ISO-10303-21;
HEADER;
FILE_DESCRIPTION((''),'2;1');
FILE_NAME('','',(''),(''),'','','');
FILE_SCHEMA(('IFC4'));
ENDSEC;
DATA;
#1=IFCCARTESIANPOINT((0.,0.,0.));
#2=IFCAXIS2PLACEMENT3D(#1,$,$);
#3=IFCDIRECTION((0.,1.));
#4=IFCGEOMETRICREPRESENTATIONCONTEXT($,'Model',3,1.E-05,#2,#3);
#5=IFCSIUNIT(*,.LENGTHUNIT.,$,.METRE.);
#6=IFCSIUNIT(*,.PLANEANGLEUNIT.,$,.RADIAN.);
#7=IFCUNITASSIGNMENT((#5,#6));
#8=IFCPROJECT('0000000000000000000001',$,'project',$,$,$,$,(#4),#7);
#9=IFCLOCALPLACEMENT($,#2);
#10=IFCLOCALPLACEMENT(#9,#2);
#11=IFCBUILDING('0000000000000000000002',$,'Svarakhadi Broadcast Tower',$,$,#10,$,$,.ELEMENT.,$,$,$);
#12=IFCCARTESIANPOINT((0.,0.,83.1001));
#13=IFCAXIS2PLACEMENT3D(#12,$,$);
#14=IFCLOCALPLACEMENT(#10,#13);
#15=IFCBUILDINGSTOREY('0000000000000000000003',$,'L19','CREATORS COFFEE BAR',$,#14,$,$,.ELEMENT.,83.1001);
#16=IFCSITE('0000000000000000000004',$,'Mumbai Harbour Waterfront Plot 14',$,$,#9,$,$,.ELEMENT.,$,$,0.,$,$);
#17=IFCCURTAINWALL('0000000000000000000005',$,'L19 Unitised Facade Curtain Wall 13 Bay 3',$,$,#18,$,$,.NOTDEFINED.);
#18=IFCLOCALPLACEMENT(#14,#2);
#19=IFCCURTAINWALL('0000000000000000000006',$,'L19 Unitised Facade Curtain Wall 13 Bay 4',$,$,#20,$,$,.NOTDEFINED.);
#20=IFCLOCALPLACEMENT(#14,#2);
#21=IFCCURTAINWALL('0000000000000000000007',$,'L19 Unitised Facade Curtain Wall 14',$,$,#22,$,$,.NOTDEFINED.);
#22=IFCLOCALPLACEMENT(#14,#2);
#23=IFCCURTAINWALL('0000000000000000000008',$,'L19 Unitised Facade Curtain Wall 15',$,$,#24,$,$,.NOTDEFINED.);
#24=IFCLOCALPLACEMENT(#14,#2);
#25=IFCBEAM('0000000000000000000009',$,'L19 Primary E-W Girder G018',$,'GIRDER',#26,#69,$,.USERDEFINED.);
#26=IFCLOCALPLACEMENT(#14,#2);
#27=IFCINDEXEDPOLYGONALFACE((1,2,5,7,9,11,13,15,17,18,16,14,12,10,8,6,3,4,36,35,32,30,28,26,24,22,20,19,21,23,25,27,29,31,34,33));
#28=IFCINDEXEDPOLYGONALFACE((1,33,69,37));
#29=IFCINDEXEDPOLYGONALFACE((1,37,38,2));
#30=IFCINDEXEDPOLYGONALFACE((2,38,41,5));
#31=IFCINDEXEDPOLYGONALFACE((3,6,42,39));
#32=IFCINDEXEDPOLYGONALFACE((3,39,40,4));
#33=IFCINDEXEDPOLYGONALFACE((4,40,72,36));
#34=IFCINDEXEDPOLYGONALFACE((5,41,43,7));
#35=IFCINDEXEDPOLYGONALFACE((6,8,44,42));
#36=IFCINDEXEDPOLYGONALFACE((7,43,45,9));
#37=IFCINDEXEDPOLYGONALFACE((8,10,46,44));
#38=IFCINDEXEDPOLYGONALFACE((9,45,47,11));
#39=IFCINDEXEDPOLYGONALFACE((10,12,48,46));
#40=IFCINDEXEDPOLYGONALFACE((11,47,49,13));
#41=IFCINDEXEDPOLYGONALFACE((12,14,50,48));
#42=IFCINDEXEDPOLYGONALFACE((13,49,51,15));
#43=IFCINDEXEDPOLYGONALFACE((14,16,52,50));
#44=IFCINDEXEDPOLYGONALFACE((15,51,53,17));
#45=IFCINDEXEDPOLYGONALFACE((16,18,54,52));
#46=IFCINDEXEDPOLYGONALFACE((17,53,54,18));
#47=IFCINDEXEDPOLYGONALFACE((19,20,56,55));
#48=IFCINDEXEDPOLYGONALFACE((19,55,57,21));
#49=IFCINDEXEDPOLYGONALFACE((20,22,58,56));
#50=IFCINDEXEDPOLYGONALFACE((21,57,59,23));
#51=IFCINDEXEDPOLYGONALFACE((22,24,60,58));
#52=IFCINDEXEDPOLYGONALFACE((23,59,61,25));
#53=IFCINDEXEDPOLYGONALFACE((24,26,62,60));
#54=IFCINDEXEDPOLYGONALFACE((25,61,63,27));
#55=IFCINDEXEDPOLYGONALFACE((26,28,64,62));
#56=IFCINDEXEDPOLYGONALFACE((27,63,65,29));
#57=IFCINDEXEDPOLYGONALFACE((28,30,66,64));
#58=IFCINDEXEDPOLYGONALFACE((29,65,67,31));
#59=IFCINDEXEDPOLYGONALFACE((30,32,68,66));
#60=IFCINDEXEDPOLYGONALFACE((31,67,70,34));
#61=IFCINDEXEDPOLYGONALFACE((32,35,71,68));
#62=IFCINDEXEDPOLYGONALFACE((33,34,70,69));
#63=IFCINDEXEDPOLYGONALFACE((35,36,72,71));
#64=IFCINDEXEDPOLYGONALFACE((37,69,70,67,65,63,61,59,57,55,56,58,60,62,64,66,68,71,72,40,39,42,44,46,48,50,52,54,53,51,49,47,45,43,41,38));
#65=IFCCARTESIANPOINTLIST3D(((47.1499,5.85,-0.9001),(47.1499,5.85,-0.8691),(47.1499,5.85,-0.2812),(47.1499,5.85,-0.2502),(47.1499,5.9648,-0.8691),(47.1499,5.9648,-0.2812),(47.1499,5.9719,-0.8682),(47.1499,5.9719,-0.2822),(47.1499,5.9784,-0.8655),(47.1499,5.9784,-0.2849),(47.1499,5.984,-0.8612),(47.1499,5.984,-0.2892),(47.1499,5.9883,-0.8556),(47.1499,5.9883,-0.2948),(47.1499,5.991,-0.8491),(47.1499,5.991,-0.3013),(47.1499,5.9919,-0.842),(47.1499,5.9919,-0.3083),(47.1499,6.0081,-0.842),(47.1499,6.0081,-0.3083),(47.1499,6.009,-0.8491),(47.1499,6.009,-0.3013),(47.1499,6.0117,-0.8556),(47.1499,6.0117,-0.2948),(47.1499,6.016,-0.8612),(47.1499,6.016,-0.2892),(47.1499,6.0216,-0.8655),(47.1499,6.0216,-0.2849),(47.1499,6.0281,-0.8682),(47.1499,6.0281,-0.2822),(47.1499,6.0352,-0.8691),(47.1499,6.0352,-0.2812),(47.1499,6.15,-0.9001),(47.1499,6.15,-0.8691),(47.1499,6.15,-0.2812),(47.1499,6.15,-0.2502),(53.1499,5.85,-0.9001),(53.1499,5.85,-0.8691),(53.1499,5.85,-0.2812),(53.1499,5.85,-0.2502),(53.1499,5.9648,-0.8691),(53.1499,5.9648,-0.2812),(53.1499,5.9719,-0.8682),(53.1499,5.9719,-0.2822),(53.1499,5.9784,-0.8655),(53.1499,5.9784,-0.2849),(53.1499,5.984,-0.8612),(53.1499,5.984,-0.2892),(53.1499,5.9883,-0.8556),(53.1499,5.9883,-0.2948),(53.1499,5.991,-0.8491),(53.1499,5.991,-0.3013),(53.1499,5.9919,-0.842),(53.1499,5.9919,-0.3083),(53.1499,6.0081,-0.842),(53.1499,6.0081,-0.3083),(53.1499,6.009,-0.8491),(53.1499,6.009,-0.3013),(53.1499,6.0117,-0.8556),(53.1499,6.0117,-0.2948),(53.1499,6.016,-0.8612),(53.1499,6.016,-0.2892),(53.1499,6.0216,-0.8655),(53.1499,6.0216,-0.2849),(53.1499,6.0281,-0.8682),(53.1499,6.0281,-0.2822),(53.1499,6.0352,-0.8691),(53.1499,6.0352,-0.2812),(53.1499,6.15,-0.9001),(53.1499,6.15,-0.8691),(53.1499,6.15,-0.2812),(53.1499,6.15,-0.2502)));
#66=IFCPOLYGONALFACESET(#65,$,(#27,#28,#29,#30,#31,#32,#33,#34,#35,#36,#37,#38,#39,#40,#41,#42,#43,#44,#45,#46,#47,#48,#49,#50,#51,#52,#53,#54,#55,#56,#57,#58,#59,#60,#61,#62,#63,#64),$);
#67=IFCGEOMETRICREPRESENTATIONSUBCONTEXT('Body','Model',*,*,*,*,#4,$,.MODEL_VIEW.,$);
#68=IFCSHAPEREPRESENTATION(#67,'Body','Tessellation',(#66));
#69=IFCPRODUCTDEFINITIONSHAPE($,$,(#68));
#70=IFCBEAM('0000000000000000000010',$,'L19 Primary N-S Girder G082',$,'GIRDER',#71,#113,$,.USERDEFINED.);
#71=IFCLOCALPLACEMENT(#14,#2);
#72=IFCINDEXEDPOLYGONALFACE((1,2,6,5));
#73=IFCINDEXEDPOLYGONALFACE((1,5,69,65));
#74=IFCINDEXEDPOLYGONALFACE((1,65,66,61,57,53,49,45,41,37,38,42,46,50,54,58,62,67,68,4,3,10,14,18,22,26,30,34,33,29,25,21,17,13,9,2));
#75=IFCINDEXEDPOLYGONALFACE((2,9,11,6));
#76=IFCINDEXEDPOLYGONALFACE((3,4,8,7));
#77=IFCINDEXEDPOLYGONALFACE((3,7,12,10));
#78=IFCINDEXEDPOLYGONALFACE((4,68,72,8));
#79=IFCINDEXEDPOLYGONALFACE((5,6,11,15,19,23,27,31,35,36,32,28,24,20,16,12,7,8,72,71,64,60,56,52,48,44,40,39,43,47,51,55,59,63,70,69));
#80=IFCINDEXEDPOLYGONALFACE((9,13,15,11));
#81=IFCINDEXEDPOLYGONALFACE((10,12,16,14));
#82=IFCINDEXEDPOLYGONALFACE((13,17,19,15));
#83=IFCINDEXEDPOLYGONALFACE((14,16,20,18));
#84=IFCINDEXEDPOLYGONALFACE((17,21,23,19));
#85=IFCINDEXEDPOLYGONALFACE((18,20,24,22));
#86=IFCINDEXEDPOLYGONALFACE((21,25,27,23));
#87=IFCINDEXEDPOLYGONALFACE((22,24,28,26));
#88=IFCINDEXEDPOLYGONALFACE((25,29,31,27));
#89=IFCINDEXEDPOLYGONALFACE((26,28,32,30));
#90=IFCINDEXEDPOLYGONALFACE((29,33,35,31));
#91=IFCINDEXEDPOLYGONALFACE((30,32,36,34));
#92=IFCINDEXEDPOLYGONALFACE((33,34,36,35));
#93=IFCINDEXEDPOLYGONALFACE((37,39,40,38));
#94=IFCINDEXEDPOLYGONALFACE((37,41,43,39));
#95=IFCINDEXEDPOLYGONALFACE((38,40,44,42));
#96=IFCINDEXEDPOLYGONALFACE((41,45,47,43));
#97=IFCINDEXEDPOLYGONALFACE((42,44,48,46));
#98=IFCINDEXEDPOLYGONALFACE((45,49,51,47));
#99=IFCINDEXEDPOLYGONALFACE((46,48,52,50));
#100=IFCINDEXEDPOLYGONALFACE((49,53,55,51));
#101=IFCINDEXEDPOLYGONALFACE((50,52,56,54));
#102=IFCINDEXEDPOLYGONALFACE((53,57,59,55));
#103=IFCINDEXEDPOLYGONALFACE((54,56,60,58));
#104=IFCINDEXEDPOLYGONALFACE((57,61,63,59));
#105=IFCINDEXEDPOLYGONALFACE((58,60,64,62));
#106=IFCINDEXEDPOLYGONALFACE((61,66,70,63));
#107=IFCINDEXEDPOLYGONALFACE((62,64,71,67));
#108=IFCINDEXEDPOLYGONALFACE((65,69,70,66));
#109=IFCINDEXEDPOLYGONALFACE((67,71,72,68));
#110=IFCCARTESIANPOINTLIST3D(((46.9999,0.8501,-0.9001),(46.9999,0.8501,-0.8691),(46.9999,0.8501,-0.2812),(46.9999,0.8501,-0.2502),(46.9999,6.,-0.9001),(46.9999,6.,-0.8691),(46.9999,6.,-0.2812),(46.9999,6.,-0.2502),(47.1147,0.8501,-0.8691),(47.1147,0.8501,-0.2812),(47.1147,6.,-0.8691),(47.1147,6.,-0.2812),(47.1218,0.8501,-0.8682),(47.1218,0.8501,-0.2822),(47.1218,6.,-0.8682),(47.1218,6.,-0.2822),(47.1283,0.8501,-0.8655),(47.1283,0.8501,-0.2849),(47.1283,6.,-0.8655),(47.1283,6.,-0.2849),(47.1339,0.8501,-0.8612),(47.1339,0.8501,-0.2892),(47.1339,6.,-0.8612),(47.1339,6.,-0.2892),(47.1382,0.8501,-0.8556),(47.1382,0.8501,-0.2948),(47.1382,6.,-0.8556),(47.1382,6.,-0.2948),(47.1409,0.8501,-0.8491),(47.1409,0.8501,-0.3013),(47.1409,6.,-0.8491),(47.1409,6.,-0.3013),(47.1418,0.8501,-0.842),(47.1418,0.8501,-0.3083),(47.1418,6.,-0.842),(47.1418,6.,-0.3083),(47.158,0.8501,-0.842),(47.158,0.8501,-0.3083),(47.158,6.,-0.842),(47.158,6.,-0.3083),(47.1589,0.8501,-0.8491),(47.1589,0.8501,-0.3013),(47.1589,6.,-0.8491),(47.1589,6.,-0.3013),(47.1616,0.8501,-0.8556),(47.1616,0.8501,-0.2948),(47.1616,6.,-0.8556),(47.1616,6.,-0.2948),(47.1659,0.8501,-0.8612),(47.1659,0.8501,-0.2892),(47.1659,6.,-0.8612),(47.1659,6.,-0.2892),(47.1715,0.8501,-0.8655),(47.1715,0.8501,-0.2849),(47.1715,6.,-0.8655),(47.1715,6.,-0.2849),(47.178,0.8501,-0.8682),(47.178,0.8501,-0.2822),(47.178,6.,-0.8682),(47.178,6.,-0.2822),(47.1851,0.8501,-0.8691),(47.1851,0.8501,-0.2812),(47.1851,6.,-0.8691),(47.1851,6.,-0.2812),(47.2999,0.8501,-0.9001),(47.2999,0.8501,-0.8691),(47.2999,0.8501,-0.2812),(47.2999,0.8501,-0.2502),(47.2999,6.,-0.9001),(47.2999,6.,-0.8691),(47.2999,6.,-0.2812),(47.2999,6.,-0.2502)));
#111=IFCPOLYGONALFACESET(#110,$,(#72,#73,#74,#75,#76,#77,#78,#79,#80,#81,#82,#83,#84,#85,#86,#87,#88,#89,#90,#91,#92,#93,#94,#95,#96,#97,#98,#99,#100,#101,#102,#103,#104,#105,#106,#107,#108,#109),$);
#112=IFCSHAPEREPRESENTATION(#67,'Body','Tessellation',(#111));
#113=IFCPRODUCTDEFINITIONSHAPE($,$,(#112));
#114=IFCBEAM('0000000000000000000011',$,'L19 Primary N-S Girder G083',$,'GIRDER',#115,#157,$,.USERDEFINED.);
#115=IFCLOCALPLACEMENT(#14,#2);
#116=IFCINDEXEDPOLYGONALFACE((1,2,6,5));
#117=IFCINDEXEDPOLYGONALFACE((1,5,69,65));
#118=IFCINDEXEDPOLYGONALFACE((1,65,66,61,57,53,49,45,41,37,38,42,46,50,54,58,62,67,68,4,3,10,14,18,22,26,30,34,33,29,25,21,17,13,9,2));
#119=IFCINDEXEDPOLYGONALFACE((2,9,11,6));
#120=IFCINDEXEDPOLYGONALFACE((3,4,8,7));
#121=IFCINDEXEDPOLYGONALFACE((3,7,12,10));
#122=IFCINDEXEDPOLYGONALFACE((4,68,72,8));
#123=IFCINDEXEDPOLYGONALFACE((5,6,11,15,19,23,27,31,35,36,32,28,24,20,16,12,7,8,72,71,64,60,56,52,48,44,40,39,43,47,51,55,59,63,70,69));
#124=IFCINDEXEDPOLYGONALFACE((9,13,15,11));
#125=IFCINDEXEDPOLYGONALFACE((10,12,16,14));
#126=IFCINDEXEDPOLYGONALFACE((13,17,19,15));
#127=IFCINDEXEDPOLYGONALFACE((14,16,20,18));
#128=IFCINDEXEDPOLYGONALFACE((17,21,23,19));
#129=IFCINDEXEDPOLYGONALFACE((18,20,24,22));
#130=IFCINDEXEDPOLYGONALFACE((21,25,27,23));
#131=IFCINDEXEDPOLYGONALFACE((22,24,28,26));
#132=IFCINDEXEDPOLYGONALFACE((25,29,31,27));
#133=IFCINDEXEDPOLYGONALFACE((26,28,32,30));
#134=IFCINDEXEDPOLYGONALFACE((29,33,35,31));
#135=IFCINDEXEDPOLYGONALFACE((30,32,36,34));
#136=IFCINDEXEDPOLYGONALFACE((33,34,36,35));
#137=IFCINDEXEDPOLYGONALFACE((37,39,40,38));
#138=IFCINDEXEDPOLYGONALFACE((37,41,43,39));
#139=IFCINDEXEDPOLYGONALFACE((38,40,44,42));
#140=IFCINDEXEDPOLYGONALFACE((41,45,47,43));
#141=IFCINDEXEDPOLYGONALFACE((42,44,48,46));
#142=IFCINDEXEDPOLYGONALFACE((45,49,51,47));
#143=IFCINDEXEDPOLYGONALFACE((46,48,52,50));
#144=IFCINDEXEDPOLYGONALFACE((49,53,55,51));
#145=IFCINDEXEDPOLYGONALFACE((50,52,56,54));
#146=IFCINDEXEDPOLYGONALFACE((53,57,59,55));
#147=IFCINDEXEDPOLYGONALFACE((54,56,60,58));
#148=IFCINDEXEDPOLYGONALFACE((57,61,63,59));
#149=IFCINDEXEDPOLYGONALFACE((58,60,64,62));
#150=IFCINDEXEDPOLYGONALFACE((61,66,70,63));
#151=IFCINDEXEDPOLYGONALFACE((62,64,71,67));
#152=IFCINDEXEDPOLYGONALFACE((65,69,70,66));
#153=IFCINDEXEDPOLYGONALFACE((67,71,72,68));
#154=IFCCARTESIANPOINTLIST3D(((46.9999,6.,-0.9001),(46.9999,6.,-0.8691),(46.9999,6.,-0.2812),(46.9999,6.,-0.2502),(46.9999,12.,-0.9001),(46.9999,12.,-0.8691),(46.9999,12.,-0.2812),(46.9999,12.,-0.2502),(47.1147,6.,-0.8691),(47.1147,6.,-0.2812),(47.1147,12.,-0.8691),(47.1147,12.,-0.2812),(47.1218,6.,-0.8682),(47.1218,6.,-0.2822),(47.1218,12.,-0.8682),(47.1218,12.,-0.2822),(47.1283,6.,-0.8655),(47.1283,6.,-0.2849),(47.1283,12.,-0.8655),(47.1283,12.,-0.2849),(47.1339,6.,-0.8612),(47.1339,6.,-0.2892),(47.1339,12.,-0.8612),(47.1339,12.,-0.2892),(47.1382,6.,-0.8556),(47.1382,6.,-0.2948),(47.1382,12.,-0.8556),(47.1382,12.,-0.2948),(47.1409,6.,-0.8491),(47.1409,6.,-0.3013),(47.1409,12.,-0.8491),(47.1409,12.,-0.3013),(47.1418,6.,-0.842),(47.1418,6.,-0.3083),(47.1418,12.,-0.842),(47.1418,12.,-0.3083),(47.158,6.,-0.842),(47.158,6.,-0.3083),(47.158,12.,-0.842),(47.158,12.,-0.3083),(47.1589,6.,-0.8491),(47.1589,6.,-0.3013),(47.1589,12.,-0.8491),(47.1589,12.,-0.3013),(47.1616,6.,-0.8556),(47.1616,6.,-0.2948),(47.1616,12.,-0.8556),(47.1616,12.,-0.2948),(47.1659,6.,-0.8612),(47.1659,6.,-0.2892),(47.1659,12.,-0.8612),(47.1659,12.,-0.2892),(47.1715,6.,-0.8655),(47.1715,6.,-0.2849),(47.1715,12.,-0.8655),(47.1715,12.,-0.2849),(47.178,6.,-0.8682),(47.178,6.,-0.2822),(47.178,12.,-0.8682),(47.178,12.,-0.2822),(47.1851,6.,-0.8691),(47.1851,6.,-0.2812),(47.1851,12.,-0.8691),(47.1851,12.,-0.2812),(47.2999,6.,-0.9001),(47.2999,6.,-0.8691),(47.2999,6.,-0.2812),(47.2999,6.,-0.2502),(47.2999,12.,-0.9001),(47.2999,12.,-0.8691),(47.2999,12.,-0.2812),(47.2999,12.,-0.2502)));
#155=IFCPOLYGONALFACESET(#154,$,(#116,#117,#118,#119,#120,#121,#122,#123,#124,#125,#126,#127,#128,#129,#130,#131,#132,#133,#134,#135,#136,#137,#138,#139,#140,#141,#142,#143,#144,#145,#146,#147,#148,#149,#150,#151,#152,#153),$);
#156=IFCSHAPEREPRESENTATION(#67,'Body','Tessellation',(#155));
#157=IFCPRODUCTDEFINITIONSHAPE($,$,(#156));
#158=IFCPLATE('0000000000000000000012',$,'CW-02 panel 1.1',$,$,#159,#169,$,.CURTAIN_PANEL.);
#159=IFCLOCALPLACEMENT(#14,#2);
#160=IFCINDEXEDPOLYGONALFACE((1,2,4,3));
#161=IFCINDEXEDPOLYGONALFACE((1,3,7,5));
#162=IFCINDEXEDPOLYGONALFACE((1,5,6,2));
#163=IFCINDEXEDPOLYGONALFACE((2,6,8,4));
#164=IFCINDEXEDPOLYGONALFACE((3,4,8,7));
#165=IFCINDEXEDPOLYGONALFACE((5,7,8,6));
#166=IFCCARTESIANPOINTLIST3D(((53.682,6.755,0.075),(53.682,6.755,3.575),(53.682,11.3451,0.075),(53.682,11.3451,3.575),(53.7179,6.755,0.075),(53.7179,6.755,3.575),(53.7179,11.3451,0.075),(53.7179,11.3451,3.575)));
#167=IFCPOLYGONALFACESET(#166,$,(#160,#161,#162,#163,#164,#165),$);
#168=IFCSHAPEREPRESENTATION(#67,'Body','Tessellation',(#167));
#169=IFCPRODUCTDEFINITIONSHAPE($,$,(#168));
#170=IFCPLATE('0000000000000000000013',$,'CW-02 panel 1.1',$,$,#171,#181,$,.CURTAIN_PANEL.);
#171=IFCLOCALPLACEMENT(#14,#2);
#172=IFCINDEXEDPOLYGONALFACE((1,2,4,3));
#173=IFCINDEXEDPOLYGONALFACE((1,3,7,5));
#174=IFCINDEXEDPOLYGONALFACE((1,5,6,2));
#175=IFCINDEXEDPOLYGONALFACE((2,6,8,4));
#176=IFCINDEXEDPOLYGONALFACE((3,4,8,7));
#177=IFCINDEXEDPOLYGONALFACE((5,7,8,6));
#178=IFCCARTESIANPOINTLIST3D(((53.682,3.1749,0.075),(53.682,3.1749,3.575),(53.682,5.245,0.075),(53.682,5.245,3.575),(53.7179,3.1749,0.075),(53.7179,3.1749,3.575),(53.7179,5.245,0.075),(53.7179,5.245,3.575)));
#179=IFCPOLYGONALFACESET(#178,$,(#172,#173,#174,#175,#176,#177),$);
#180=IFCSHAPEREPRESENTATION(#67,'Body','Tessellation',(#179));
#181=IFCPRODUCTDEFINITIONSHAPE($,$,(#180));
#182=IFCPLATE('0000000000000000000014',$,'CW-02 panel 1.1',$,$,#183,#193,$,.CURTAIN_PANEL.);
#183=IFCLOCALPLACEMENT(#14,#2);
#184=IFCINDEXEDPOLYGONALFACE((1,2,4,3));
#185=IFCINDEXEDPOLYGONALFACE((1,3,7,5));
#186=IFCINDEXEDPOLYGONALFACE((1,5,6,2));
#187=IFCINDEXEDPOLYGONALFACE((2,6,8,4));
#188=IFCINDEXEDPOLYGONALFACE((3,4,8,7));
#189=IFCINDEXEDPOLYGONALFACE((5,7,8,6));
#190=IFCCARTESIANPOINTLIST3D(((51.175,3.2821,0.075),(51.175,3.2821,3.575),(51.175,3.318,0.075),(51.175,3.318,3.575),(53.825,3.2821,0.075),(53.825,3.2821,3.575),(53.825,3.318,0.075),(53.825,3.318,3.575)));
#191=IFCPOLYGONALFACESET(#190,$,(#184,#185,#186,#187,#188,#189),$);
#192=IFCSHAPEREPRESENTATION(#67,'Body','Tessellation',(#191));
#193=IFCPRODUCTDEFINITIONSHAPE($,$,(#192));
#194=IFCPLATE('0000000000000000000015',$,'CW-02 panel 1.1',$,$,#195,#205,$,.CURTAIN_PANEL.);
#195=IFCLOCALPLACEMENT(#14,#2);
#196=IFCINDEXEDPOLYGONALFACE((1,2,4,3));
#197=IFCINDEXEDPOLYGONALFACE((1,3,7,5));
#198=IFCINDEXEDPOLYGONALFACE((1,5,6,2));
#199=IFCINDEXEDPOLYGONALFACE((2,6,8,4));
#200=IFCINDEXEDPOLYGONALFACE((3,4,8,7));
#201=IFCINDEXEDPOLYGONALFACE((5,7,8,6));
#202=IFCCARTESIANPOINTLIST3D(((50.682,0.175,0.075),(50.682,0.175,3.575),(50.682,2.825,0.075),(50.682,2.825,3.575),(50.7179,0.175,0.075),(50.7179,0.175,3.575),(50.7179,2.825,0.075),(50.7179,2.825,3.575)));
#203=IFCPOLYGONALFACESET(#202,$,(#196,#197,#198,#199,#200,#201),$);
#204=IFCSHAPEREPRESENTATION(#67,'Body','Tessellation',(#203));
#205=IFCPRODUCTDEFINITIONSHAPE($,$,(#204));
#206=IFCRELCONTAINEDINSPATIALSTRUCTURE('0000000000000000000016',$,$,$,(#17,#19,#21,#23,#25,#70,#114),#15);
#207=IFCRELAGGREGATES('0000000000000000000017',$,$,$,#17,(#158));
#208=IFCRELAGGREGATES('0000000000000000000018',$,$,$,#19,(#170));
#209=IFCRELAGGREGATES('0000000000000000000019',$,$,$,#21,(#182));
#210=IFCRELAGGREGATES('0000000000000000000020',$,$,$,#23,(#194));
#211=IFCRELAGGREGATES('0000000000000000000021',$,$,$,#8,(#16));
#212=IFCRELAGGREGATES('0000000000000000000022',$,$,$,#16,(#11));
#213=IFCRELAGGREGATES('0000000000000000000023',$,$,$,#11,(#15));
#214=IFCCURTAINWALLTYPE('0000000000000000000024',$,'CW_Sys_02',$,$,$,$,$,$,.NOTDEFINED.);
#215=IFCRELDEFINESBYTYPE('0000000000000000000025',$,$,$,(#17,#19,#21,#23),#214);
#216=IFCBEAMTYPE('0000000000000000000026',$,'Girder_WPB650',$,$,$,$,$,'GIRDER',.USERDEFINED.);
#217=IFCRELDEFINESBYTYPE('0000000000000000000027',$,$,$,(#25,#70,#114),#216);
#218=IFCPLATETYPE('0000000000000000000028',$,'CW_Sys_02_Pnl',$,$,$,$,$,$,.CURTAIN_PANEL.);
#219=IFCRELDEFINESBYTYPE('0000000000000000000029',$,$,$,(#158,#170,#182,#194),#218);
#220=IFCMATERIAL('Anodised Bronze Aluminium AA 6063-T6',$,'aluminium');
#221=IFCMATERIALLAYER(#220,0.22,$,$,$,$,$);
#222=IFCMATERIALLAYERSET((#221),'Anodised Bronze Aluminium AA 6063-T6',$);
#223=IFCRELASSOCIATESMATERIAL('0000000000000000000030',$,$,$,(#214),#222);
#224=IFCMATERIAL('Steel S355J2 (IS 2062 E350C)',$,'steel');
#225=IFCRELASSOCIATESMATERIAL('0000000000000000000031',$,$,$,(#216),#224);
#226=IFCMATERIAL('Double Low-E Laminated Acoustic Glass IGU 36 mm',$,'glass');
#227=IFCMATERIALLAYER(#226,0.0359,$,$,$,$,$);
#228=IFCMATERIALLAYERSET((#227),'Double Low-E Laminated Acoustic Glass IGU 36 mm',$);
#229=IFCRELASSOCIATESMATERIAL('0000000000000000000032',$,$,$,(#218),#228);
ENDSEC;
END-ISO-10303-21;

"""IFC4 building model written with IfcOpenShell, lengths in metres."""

from ifc_helpers import new_model, si_unit, direction, frame, origin, origin_2d, place, context, subcontext, project, spatial, rectangle, i_section, extrude, material, layer, layer_set, material_profile, profile_set, type_object, element, aggregate, save


model = new_model("IFC4")

# Units and contexts
model_context = context("Model", 3, precision=1e-05, world=origin(), true_north=direction((0.0, 1.0)))
body_context = subcontext(model_context, "Body", "Model", "MODEL_VIEW")
ifc_project = project(units=[si_unit("LENGTHUNIT", "METRE"), si_unit("PLANEANGLEUNIT", "RADIAN")], contexts=[model_context])

# Site, building, storey
site_placement = place(None, origin())
site = spatial("IfcSite", under=ifc_project, at=site_placement, Name="Mumbai Harbour Waterfront Plot 14", CompositionType="ELEMENT", RefElevation=0.0)
building_placement = place(site_placement, origin())
building = spatial("IfcBuilding", under=site, at=building_placement, Name="Svarakhadi Broadcast Tower", CompositionType="ELEMENT")
storey_placement = place(building_placement, frame((0.0, 0.0, 83.1001)))
storey = spatial("IfcBuildingStorey", under=building, at=storey_placement, Name="L19", Description="CREATORS COFFEE BAR", CompositionType="ELEMENT", Elevation=83.1001)

# Curtain walls
ifc_material_1 = material(Name="Anodised Bronze Aluminium AA 6063-T6", Category="aluminium")
ifc_layer_1 = layer(ifc_material_1, 0.22)
ifc_layer_set_1 = layer_set([ifc_layer_1], Name="Anodised Bronze Aluminium AA 6063-T6")
curtain_wall_type = type_object("IfcCurtainWallType", Name="CW_Sys_02", PredefinedType="NOTDEFINED", material=ifc_layer_set_1)
curtain_wall_1_placement = place(storey_placement, origin())
curtain_wall_1 = element("IfcCurtainWall", 1, at=curtain_wall_1_placement, inside=storey, type_object=curtain_wall_type, Name="L19 Unitised Facade Curtain Wall 13 Bay 3", PredefinedType="NOTDEFINED")
curtain_wall_2_placement = place(storey_placement, origin())
curtain_wall_2 = element("IfcCurtainWall", 2, at=curtain_wall_2_placement, inside=storey, type_object=curtain_wall_type, Name="L19 Unitised Facade Curtain Wall 13 Bay 4", PredefinedType="NOTDEFINED")
curtain_wall_3_placement = place(storey_placement, origin())
curtain_wall_3 = element("IfcCurtainWall", 3, at=curtain_wall_3_placement, inside=storey, type_object=curtain_wall_type, Name="L19 Unitised Facade Curtain Wall 14", PredefinedType="NOTDEFINED")
curtain_wall_4_placement = place(storey_placement, origin())
curtain_wall_4 = element("IfcCurtainWall", 4, at=curtain_wall_4_placement, inside=storey, type_object=curtain_wall_type, Name="L19 Unitised Facade Curtain Wall 15", PredefinedType="NOTDEFINED")

# Beams
ifc_material_2 = material(Name="Steel S355J2 (IS 2062 E350C)", Category="steel")
ifc_material_profile_1 = material_profile(ifc_material_2, i_section(OverallWidth=0.3, OverallDepth=0.6499, WebThickness=0.0161, FlangeThickness=0.031, FilletRadius=0.0271, at=origin_2d()), Name="WPB 650x300x225")
ifc_profile_set_1 = profile_set([ifc_material_profile_1], Name="Steel S355J2 (IS 2062 E350C)")
beam_type = type_object("IfcBeamType", Name="Girder_WPB650", ElementType="GIRDER", PredefinedType="USERDEFINED", material=ifc_profile_set_1)
beam_1_placement = place(storey_placement, frame((47.1499, 6.0, -0.5752), z_axis=(1.0, 0.0, 0.0), x_axis=(0.0, 1.0, 0.0)))
element("IfcBeam", 5, at=beam_1_placement, inside=storey, type_object=beam_type, Name="L19 Primary E-W Girder G018", ObjectType="GIRDER", PredefinedType="USERDEFINED", context=body_context, shape_type="SweptSolid", body=[
    extrude(i_section(OverallWidth=0.3, OverallDepth=0.6499, WebThickness=0.0161, FlangeThickness=0.031, FilletRadius=0.0271, at=origin_2d()), origin(), (0.0, 0.0, 1.0), 6.0),
])
beam_2_placement = place(storey_placement, frame((47.1499, 0.8501, -0.5752), z_axis=(0.0, 1.0, 0.0), x_axis=(-1.0, 0.0, 0.0)))
element("IfcBeam", 6, at=beam_2_placement, inside=storey, type_object=beam_type, Name="L19 Primary N-S Girder G082", ObjectType="GIRDER", PredefinedType="USERDEFINED", context=body_context, shape_type="SweptSolid", body=[
    extrude(i_section(OverallWidth=0.3, OverallDepth=0.6499, WebThickness=0.0161, FlangeThickness=0.031, FilletRadius=0.0271, at=origin_2d()), origin(), (0.0, 0.0, 1.0), 5.1499),
])
beam_3_placement = place(storey_placement, frame((47.1499, 6.0, -0.5752), z_axis=(0.0, 1.0, 0.0), x_axis=(-1.0, 0.0, 0.0)))
element("IfcBeam", 7, at=beam_3_placement, inside=storey, type_object=beam_type, Name="L19 Primary N-S Girder G083", ObjectType="GIRDER", PredefinedType="USERDEFINED", context=body_context, shape_type="SweptSolid", body=[
    extrude(i_section(OverallWidth=0.3, OverallDepth=0.6499, WebThickness=0.0161, FlangeThickness=0.031, FilletRadius=0.0271, at=origin_2d()), origin(), (0.0, 0.0, 1.0), 6.0),
])

# Plates
ifc_material_3 = material(Name="Double Low-E Laminated Acoustic Glass IGU 36 mm", Category="glass")
ifc_layer_2 = layer(ifc_material_3, 0.0359)
ifc_layer_set_2 = layer_set([ifc_layer_2], Name="Double Low-E Laminated Acoustic Glass IGU 36 mm")
plate_type_1 = type_object("IfcPlateType", Name="CW_Sys_02_Pnl", PredefinedType="CURTAIN_PANEL", material=ifc_layer_set_2)
plate_1_placement = place(storey_placement, frame((53.7, 9.05, 0.075), z_axis=(0.0, 0.0, 1.0), x_axis=(0.0, -1.0, 0.0)))
plate_1 = element("IfcPlate", 8, at=plate_1_placement, type_object=plate_type_1, Name="CW-02 panel 1.1", PredefinedType="CURTAIN_PANEL", context=body_context, shape_type="SweptSolid", body=[
    extrude(rectangle(XDim=4.5901, YDim=0.0359, at=origin_2d()), origin(), (0.0, 0.0, 1.0), 3.5),
])
aggregate(curtain_wall_1, [plate_1])
plate_2_placement = place(storey_placement, frame((53.7, 4.21, 0.075), z_axis=(0.0, 0.0, 1.0), x_axis=(0.0, -1.0, 0.0)))
plate_2 = element("IfcPlate", 9, at=plate_2_placement, type_object=plate_type_1, Name="CW-02 panel 1.1", PredefinedType="CURTAIN_PANEL", context=body_context, shape_type="SweptSolid", body=[
    extrude(rectangle(XDim=2.0701, YDim=0.0359, at=origin_2d()), origin(), (0.0, 0.0, 1.0), 3.5),
])
aggregate(curtain_wall_2, [plate_2])
plate_3_placement = place(storey_placement, frame((52.5, 3.3, 0.075), z_axis=(0.0, 0.0, 1.0), x_axis=(-1.0, 0.0, 0.0)))
plate_3 = element("IfcPlate", 10, at=plate_3_placement, type_object=plate_type_1, Name="CW-02 panel 1.1", PredefinedType="CURTAIN_PANEL", context=body_context, shape_type="SweptSolid", body=[
    extrude(rectangle(XDim=2.6499, YDim=0.0359, at=origin_2d()), origin(), (0.0, 0.0, 1.0), 3.5),
])
aggregate(curtain_wall_3, [plate_3])
plate_4_placement = place(storey_placement, frame((50.7, 1.5, 0.075), z_axis=(0.0, 0.0, 1.0), x_axis=(0.0, -1.0, 0.0)))
plate_4 = element("IfcPlate", 11, at=plate_4_placement, type_object=plate_type_1, Name="CW-02 panel 1.1", PredefinedType="CURTAIN_PANEL", context=body_context, shape_type="SweptSolid", body=[
    extrude(rectangle(XDim=2.6499, YDim=0.0359, at=origin_2d()), origin(), (0.0, 0.0, 1.0), 3.5),
])
aggregate(curtain_wall_4, [plate_4])

save(model, "model.ifc")
